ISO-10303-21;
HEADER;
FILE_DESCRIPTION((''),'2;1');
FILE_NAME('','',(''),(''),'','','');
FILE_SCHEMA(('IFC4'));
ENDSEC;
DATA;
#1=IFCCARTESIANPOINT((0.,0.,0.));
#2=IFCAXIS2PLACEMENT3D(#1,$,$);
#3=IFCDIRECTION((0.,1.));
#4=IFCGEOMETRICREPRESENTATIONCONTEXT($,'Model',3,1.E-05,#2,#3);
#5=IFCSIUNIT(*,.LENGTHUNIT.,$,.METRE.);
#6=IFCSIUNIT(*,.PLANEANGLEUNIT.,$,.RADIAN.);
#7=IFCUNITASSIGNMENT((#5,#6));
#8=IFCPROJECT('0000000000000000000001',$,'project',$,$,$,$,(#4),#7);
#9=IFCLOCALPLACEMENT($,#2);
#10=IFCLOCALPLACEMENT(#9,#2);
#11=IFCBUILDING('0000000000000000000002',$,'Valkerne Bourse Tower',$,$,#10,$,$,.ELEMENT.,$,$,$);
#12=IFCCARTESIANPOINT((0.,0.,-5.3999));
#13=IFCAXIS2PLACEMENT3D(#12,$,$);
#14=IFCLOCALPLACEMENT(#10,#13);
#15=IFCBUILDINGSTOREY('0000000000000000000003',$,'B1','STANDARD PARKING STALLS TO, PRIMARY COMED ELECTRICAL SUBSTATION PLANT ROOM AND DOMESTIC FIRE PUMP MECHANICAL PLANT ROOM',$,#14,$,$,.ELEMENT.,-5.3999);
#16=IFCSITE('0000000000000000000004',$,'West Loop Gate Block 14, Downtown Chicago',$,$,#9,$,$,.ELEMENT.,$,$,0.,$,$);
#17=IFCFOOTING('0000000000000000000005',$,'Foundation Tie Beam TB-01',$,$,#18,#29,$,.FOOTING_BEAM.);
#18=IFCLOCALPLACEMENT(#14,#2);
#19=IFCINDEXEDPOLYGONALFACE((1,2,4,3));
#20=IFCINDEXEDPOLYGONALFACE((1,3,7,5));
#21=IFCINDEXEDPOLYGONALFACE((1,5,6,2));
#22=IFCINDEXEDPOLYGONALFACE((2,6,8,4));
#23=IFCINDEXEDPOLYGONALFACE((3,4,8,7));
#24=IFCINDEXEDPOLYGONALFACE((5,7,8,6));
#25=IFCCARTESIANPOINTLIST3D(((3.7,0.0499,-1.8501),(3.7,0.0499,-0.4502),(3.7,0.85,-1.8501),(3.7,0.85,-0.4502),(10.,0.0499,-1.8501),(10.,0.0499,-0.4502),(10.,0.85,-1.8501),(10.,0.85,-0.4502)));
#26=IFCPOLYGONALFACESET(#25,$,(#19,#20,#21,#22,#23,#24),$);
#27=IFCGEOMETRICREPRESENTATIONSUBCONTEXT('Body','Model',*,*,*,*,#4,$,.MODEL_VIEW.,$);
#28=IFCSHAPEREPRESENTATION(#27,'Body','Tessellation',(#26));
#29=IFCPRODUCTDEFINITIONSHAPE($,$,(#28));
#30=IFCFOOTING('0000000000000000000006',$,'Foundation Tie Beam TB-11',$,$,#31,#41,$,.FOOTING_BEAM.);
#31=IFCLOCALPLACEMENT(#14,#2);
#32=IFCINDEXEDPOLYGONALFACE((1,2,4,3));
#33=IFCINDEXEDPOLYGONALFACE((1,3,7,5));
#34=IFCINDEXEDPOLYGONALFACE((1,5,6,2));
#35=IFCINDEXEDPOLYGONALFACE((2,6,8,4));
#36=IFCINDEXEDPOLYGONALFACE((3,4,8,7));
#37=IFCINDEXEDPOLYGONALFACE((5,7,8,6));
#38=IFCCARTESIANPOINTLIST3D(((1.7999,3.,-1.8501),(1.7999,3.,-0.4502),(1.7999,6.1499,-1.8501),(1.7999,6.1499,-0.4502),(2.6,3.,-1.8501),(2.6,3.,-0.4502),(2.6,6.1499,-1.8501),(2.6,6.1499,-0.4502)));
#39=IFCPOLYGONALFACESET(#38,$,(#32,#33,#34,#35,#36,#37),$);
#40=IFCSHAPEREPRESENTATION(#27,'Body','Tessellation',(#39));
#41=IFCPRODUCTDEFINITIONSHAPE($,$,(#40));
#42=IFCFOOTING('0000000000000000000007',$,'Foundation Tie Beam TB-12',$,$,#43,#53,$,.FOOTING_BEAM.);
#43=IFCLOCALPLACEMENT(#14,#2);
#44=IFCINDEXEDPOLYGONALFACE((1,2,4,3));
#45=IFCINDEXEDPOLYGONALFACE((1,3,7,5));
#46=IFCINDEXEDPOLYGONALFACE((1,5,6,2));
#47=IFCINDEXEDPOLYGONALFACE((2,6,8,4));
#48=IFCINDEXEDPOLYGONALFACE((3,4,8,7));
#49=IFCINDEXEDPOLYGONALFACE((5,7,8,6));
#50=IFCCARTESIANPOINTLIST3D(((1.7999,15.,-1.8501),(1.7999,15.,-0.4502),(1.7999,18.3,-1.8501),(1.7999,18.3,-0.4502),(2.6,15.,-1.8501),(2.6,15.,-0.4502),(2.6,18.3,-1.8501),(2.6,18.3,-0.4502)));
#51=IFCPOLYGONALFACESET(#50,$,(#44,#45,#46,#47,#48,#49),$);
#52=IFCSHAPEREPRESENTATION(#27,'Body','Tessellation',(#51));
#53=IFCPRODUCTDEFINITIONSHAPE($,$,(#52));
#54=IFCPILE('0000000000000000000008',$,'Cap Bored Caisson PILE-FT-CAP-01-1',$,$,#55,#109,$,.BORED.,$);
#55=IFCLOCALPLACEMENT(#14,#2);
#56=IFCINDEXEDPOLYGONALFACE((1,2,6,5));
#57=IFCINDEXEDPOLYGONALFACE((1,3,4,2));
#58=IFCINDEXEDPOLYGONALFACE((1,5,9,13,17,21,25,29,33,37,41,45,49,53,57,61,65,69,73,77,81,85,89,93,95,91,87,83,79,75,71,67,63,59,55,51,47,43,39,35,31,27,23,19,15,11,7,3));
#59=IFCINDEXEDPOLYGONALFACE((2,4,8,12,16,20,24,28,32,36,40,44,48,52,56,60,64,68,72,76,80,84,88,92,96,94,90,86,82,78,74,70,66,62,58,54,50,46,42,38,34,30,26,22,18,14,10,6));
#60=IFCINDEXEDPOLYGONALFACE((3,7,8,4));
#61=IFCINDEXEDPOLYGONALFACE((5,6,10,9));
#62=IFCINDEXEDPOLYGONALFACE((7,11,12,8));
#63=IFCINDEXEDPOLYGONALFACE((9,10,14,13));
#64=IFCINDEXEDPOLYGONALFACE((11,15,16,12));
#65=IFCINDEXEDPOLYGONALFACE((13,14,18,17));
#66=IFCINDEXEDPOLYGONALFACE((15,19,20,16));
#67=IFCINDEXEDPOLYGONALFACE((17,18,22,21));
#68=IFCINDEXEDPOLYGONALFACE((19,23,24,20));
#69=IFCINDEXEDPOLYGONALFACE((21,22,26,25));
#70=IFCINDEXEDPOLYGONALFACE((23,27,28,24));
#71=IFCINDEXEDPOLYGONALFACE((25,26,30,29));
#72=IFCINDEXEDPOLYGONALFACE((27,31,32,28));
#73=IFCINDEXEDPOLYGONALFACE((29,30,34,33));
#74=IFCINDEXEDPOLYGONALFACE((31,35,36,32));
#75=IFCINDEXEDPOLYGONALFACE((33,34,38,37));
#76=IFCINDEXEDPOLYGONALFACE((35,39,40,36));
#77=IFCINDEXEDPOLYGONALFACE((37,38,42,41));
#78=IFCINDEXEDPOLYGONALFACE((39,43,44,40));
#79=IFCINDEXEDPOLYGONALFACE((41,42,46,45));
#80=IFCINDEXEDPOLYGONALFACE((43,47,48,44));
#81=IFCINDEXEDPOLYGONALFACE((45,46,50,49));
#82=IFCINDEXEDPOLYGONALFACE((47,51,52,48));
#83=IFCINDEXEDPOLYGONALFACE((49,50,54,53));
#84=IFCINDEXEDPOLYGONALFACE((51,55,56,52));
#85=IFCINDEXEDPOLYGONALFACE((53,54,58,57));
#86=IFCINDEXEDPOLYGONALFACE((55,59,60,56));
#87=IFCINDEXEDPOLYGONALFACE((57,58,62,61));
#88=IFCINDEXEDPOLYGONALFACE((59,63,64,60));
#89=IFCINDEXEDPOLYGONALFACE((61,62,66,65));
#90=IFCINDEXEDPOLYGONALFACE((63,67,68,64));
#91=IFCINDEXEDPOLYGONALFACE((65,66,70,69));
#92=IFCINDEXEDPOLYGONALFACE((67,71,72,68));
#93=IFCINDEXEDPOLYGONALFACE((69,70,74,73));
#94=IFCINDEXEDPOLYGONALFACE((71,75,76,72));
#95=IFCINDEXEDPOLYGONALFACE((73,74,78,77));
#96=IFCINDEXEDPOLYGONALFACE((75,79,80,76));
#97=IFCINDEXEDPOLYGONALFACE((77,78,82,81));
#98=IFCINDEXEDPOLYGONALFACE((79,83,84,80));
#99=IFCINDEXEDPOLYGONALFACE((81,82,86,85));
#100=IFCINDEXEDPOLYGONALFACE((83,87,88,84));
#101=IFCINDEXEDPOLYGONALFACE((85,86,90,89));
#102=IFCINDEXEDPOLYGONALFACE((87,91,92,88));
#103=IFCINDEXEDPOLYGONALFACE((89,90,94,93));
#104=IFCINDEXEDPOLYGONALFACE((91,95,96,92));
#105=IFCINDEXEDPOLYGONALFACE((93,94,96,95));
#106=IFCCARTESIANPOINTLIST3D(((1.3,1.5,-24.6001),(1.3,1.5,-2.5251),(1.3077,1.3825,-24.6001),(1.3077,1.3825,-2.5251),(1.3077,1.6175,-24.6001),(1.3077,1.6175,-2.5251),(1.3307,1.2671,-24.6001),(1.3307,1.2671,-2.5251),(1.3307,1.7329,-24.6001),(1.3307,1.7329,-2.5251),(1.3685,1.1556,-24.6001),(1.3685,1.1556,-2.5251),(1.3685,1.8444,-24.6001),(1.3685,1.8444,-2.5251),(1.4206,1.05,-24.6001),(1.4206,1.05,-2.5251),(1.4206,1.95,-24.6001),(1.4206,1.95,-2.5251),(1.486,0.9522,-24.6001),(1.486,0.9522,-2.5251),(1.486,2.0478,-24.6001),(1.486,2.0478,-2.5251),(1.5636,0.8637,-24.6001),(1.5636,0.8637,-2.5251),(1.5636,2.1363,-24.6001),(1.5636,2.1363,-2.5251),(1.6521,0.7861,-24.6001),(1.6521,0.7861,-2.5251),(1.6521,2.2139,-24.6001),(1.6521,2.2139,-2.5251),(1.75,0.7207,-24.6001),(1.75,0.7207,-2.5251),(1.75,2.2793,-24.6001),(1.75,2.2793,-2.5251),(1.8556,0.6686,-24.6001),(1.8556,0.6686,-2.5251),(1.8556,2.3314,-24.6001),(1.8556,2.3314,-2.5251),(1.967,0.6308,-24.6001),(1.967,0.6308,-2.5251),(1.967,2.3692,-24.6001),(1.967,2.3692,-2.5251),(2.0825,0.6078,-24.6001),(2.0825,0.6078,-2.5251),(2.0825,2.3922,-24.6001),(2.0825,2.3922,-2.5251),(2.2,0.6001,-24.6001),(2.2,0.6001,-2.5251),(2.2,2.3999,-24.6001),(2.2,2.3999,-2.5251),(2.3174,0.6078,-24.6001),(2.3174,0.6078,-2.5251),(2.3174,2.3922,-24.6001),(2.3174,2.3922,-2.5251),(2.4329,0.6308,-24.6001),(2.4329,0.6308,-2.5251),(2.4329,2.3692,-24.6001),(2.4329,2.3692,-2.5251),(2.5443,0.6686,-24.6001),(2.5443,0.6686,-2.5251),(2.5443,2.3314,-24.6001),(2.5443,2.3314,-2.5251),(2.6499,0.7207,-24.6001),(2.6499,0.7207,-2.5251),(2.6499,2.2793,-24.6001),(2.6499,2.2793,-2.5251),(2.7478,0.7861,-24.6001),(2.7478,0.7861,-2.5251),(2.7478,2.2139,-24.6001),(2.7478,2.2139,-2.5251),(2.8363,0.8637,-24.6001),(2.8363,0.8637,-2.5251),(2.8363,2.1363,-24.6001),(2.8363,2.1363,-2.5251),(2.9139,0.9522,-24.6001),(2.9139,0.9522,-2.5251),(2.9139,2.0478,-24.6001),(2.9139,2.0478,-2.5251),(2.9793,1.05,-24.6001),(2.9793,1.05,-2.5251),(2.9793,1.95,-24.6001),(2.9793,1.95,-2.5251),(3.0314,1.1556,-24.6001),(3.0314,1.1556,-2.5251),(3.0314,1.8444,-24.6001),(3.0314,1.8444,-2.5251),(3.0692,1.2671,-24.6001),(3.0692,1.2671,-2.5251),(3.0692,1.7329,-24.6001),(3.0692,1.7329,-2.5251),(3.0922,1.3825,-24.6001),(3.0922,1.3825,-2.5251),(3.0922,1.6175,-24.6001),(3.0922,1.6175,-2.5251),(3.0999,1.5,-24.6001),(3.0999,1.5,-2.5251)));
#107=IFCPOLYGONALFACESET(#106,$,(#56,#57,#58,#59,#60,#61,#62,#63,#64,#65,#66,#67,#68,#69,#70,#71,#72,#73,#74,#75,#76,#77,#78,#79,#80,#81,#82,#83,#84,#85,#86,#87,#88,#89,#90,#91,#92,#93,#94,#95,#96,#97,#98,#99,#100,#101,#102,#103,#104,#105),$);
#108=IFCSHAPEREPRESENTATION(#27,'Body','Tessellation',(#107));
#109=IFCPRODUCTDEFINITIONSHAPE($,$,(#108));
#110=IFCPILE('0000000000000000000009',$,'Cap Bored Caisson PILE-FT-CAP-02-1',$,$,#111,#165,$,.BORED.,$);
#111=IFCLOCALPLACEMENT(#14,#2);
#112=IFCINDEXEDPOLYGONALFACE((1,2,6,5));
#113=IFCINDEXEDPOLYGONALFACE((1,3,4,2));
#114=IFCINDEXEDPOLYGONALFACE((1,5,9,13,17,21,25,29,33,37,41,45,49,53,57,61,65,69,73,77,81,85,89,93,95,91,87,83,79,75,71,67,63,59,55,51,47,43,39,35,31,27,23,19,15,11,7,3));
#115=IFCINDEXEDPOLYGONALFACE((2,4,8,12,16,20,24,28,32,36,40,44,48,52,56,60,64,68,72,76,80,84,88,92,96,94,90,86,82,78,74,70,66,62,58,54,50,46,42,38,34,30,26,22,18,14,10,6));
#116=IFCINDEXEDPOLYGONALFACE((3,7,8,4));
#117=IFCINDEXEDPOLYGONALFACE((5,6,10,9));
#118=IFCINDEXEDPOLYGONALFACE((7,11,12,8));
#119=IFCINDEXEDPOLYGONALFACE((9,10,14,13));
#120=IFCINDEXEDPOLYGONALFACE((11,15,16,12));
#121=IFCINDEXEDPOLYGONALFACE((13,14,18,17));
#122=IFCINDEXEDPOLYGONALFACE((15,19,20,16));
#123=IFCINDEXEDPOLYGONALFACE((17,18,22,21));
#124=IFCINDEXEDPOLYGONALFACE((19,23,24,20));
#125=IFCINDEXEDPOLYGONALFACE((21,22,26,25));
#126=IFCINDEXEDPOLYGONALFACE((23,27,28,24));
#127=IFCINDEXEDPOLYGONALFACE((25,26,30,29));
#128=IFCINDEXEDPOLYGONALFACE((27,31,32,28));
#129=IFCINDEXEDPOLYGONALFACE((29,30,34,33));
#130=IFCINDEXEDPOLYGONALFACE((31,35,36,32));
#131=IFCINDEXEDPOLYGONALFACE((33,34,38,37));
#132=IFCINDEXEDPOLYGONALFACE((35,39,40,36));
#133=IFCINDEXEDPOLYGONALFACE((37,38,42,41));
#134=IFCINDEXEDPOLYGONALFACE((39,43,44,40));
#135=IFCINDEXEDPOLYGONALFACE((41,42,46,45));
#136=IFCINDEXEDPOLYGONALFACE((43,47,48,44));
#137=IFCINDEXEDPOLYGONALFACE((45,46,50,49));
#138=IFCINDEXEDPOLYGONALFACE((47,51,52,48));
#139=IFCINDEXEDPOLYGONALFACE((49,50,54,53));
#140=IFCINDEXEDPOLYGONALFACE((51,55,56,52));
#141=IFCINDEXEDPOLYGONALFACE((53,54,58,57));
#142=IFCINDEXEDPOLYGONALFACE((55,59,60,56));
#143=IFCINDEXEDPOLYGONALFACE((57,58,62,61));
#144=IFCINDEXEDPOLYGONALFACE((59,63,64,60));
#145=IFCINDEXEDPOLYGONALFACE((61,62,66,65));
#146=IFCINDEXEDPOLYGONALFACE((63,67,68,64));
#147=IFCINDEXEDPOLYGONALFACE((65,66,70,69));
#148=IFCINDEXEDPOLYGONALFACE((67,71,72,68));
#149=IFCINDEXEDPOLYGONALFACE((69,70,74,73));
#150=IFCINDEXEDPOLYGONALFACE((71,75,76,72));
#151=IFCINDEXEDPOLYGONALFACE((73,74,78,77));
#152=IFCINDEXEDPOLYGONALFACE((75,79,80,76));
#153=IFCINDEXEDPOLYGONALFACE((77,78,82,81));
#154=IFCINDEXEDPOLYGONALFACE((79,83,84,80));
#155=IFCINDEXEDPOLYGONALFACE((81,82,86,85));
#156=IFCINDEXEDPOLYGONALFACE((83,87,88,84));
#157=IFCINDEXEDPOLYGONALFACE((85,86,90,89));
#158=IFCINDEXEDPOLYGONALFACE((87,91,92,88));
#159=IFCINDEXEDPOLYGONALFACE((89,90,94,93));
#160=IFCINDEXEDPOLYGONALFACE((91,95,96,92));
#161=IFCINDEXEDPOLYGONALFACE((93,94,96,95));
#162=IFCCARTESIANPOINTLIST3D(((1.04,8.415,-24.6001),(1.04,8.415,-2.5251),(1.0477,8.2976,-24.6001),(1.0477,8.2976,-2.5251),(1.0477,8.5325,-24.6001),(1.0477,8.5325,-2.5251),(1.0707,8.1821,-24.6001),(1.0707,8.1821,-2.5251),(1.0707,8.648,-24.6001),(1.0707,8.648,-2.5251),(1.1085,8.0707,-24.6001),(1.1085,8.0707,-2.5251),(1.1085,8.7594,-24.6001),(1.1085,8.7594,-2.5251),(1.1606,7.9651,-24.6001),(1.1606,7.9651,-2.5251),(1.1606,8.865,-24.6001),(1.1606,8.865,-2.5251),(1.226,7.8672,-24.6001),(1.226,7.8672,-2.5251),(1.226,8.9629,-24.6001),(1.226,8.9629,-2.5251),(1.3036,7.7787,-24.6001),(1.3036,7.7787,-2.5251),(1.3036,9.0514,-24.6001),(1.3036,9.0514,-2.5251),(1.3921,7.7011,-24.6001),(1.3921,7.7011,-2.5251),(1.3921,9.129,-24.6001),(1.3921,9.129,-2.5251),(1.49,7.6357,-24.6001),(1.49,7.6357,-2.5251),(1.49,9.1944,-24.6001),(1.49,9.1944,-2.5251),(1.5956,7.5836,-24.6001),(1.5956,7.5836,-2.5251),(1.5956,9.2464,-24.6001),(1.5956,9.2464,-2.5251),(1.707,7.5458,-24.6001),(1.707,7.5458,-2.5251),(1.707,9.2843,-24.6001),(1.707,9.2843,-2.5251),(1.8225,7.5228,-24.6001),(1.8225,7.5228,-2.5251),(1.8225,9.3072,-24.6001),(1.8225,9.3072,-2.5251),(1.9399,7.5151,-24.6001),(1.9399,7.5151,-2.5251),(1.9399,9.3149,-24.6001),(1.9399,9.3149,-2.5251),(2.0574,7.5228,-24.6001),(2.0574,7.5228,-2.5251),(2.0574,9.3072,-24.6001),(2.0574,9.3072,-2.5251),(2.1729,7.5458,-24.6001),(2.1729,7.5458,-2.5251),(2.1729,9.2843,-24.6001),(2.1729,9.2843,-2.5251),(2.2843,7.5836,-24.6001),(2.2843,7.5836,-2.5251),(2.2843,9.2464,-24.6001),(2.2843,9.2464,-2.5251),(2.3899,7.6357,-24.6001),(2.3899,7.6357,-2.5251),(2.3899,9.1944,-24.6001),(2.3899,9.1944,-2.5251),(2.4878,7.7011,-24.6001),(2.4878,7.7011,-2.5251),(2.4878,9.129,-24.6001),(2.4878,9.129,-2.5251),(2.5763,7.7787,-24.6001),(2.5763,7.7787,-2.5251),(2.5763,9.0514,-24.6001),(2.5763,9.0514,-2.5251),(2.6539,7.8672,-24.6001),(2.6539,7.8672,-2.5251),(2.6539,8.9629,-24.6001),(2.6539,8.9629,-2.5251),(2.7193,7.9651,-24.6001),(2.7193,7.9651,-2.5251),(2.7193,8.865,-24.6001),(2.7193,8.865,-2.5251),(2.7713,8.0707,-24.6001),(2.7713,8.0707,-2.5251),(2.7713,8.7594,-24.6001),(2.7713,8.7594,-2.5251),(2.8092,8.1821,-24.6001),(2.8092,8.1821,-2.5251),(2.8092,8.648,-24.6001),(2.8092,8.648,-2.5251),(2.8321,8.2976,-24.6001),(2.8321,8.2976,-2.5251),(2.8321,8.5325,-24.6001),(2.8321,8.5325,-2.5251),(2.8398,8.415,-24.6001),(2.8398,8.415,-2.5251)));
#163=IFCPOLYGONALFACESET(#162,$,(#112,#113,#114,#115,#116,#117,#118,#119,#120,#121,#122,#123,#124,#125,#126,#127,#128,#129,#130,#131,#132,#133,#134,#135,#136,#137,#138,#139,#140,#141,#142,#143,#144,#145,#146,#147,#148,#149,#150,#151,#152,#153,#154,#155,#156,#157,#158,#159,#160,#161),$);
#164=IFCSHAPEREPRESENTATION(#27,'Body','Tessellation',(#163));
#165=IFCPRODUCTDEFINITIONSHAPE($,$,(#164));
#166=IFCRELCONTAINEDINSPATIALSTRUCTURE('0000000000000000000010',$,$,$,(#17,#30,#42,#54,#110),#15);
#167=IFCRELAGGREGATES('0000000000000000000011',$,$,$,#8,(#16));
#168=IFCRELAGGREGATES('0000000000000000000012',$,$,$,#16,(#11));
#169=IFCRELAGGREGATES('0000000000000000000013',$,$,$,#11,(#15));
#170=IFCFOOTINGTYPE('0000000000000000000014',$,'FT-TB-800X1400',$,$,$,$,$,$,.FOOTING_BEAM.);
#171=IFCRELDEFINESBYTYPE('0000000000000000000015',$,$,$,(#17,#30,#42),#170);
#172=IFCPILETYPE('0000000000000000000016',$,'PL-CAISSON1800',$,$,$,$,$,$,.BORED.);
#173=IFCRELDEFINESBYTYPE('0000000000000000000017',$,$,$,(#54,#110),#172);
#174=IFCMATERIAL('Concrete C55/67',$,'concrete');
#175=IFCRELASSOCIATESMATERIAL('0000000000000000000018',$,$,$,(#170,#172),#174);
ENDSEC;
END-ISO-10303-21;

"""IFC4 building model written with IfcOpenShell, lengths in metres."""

from ifc_helpers import new_model, si_unit, direction, frame, origin, origin_2d, place, context, subcontext, project, spatial, rectangle, circle, extrude, material, material_profile, profile_set, type_object, element, save


model = new_model("IFC4")

# Units and contexts
model_context = context("Model", 3, precision=1e-05, world=origin(), true_north=direction((0.0, 1.0)))
body_context = subcontext(model_context, "Body", "Model", "MODEL_VIEW")
ifc_project = project(units=[si_unit("LENGTHUNIT", "METRE"), si_unit("PLANEANGLEUNIT", "RADIAN")], contexts=[model_context])

# Site, building, storey
site_placement = place(None, origin())
site = spatial("IfcSite", under=ifc_project, at=site_placement, Name="West Loop Gate Block 14, Downtown Chicago", CompositionType="ELEMENT", RefElevation=0.0)
building_placement = place(site_placement, origin())
building = spatial("IfcBuilding", under=site, at=building_placement, Name="Valkerne Bourse Tower", CompositionType="ELEMENT")
storey_placement = place(building_placement, frame((0.0, 0.0, -5.3999)))
storey = spatial("IfcBuildingStorey", under=building, at=storey_placement, Name="B1", Description="STANDARD PARKING STALLS TO, PRIMARY COMED ELECTRICAL SUBSTATION PLANT ROOM AND DOMESTIC FIRE PUMP MECHANICAL PLANT ROOM", CompositionType="ELEMENT", Elevation=-5.3999)

# Footings
ifc_material_1 = material(Name="Concrete C55/67", Category="concrete")
ifc_material_profile_1 = material_profile(ifc_material_1, rectangle(XDim=0.8, YDim=1.3999, at=origin_2d()), Name="RC800X1400")
ifc_profile_set_1 = profile_set([ifc_material_profile_1], Name="Concrete C55/67")
footing_type = type_object("IfcFootingType", Name="FT-TB-800X1400", PredefinedType="FOOTING_BEAM", material=ifc_profile_set_1)
footing_1_placement = place(storey_placement, frame((3.7, 0.45, -1.1501), z_axis=(1.0, 0.0, 0.0), x_axis=(0.0, 1.0, 0.0)))
element("IfcFooting", 1, at=footing_1_placement, inside=storey, type_object=footing_type, Name="Foundation Tie Beam TB-01", PredefinedType="FOOTING_BEAM", context=body_context, shape_type="SweptSolid", body=[
    extrude(rectangle(XDim=0.8, YDim=1.3999, at=origin_2d()), origin(), (0.0, 0.0, 1.0), 6.3),
])
footing_2_placement = place(storey_placement, frame((2.2, 3.0, -1.1501), z_axis=(0.0, 1.0, 0.0), x_axis=(-1.0, 0.0, 0.0)))
element("IfcFooting", 2, at=footing_2_placement, inside=storey, type_object=footing_type, Name="Foundation Tie Beam TB-11", PredefinedType="FOOTING_BEAM", context=body_context, shape_type="SweptSolid", body=[
    extrude(rectangle(XDim=0.8, YDim=1.3999, at=origin_2d()), origin(), (0.0, 0.0, 1.0), 3.1499),
])
footing_3_placement = place(storey_placement, frame((2.2, 15.0, -1.1501), z_axis=(0.0, 1.0, 0.0), x_axis=(-1.0, 0.0, 0.0)))
element("IfcFooting", 3, at=footing_3_placement, inside=storey, type_object=footing_type, Name="Foundation Tie Beam TB-12", PredefinedType="FOOTING_BEAM", context=body_context, shape_type="SweptSolid", body=[
    extrude(rectangle(XDim=0.8, YDim=1.3999, at=origin_2d()), origin(), (0.0, 0.0, 1.0), 3.3),
])

# Piles
ifc_material_profile_2 = material_profile(ifc_material_1, circle(Radius=0.8999, at=origin_2d()), Name="CAISSON1800")
ifc_profile_set_2 = profile_set([ifc_material_profile_2], Name="Concrete C55/67")
pile_type = type_object("IfcPileType", Name="PL-CAISSON1800", PredefinedType="BORED", material=ifc_profile_set_2)
for number, where, z_axis, x_axis, name in (
    (4, (2.2, 1.5, -2.5251), (0.0, 0.0, -1.0), (1.0, 0.0, 0.0), "Cap Bored Caisson PILE-FT-CAP-01-1"),
    (5, (1.9399, 8.415, -2.5251), (0.0, 0.0, -1.0), (1.0, 0.0, 0.0), "Cap Bored Caisson PILE-FT-CAP-02-1"),
):
    element("IfcPile", number, at=place(storey_placement, frame(where, z_axis=z_axis, x_axis=x_axis)), inside=storey, type_object=pile_type, Name=name, PredefinedType="BORED", context=body_context, shape_type="SweptSolid", body=[
        extrude(circle(Radius=0.8999, at=origin_2d()), origin(), (0.0, 0.0, 1.0), 22.075),
    ])

save(model, "model.ifc")
